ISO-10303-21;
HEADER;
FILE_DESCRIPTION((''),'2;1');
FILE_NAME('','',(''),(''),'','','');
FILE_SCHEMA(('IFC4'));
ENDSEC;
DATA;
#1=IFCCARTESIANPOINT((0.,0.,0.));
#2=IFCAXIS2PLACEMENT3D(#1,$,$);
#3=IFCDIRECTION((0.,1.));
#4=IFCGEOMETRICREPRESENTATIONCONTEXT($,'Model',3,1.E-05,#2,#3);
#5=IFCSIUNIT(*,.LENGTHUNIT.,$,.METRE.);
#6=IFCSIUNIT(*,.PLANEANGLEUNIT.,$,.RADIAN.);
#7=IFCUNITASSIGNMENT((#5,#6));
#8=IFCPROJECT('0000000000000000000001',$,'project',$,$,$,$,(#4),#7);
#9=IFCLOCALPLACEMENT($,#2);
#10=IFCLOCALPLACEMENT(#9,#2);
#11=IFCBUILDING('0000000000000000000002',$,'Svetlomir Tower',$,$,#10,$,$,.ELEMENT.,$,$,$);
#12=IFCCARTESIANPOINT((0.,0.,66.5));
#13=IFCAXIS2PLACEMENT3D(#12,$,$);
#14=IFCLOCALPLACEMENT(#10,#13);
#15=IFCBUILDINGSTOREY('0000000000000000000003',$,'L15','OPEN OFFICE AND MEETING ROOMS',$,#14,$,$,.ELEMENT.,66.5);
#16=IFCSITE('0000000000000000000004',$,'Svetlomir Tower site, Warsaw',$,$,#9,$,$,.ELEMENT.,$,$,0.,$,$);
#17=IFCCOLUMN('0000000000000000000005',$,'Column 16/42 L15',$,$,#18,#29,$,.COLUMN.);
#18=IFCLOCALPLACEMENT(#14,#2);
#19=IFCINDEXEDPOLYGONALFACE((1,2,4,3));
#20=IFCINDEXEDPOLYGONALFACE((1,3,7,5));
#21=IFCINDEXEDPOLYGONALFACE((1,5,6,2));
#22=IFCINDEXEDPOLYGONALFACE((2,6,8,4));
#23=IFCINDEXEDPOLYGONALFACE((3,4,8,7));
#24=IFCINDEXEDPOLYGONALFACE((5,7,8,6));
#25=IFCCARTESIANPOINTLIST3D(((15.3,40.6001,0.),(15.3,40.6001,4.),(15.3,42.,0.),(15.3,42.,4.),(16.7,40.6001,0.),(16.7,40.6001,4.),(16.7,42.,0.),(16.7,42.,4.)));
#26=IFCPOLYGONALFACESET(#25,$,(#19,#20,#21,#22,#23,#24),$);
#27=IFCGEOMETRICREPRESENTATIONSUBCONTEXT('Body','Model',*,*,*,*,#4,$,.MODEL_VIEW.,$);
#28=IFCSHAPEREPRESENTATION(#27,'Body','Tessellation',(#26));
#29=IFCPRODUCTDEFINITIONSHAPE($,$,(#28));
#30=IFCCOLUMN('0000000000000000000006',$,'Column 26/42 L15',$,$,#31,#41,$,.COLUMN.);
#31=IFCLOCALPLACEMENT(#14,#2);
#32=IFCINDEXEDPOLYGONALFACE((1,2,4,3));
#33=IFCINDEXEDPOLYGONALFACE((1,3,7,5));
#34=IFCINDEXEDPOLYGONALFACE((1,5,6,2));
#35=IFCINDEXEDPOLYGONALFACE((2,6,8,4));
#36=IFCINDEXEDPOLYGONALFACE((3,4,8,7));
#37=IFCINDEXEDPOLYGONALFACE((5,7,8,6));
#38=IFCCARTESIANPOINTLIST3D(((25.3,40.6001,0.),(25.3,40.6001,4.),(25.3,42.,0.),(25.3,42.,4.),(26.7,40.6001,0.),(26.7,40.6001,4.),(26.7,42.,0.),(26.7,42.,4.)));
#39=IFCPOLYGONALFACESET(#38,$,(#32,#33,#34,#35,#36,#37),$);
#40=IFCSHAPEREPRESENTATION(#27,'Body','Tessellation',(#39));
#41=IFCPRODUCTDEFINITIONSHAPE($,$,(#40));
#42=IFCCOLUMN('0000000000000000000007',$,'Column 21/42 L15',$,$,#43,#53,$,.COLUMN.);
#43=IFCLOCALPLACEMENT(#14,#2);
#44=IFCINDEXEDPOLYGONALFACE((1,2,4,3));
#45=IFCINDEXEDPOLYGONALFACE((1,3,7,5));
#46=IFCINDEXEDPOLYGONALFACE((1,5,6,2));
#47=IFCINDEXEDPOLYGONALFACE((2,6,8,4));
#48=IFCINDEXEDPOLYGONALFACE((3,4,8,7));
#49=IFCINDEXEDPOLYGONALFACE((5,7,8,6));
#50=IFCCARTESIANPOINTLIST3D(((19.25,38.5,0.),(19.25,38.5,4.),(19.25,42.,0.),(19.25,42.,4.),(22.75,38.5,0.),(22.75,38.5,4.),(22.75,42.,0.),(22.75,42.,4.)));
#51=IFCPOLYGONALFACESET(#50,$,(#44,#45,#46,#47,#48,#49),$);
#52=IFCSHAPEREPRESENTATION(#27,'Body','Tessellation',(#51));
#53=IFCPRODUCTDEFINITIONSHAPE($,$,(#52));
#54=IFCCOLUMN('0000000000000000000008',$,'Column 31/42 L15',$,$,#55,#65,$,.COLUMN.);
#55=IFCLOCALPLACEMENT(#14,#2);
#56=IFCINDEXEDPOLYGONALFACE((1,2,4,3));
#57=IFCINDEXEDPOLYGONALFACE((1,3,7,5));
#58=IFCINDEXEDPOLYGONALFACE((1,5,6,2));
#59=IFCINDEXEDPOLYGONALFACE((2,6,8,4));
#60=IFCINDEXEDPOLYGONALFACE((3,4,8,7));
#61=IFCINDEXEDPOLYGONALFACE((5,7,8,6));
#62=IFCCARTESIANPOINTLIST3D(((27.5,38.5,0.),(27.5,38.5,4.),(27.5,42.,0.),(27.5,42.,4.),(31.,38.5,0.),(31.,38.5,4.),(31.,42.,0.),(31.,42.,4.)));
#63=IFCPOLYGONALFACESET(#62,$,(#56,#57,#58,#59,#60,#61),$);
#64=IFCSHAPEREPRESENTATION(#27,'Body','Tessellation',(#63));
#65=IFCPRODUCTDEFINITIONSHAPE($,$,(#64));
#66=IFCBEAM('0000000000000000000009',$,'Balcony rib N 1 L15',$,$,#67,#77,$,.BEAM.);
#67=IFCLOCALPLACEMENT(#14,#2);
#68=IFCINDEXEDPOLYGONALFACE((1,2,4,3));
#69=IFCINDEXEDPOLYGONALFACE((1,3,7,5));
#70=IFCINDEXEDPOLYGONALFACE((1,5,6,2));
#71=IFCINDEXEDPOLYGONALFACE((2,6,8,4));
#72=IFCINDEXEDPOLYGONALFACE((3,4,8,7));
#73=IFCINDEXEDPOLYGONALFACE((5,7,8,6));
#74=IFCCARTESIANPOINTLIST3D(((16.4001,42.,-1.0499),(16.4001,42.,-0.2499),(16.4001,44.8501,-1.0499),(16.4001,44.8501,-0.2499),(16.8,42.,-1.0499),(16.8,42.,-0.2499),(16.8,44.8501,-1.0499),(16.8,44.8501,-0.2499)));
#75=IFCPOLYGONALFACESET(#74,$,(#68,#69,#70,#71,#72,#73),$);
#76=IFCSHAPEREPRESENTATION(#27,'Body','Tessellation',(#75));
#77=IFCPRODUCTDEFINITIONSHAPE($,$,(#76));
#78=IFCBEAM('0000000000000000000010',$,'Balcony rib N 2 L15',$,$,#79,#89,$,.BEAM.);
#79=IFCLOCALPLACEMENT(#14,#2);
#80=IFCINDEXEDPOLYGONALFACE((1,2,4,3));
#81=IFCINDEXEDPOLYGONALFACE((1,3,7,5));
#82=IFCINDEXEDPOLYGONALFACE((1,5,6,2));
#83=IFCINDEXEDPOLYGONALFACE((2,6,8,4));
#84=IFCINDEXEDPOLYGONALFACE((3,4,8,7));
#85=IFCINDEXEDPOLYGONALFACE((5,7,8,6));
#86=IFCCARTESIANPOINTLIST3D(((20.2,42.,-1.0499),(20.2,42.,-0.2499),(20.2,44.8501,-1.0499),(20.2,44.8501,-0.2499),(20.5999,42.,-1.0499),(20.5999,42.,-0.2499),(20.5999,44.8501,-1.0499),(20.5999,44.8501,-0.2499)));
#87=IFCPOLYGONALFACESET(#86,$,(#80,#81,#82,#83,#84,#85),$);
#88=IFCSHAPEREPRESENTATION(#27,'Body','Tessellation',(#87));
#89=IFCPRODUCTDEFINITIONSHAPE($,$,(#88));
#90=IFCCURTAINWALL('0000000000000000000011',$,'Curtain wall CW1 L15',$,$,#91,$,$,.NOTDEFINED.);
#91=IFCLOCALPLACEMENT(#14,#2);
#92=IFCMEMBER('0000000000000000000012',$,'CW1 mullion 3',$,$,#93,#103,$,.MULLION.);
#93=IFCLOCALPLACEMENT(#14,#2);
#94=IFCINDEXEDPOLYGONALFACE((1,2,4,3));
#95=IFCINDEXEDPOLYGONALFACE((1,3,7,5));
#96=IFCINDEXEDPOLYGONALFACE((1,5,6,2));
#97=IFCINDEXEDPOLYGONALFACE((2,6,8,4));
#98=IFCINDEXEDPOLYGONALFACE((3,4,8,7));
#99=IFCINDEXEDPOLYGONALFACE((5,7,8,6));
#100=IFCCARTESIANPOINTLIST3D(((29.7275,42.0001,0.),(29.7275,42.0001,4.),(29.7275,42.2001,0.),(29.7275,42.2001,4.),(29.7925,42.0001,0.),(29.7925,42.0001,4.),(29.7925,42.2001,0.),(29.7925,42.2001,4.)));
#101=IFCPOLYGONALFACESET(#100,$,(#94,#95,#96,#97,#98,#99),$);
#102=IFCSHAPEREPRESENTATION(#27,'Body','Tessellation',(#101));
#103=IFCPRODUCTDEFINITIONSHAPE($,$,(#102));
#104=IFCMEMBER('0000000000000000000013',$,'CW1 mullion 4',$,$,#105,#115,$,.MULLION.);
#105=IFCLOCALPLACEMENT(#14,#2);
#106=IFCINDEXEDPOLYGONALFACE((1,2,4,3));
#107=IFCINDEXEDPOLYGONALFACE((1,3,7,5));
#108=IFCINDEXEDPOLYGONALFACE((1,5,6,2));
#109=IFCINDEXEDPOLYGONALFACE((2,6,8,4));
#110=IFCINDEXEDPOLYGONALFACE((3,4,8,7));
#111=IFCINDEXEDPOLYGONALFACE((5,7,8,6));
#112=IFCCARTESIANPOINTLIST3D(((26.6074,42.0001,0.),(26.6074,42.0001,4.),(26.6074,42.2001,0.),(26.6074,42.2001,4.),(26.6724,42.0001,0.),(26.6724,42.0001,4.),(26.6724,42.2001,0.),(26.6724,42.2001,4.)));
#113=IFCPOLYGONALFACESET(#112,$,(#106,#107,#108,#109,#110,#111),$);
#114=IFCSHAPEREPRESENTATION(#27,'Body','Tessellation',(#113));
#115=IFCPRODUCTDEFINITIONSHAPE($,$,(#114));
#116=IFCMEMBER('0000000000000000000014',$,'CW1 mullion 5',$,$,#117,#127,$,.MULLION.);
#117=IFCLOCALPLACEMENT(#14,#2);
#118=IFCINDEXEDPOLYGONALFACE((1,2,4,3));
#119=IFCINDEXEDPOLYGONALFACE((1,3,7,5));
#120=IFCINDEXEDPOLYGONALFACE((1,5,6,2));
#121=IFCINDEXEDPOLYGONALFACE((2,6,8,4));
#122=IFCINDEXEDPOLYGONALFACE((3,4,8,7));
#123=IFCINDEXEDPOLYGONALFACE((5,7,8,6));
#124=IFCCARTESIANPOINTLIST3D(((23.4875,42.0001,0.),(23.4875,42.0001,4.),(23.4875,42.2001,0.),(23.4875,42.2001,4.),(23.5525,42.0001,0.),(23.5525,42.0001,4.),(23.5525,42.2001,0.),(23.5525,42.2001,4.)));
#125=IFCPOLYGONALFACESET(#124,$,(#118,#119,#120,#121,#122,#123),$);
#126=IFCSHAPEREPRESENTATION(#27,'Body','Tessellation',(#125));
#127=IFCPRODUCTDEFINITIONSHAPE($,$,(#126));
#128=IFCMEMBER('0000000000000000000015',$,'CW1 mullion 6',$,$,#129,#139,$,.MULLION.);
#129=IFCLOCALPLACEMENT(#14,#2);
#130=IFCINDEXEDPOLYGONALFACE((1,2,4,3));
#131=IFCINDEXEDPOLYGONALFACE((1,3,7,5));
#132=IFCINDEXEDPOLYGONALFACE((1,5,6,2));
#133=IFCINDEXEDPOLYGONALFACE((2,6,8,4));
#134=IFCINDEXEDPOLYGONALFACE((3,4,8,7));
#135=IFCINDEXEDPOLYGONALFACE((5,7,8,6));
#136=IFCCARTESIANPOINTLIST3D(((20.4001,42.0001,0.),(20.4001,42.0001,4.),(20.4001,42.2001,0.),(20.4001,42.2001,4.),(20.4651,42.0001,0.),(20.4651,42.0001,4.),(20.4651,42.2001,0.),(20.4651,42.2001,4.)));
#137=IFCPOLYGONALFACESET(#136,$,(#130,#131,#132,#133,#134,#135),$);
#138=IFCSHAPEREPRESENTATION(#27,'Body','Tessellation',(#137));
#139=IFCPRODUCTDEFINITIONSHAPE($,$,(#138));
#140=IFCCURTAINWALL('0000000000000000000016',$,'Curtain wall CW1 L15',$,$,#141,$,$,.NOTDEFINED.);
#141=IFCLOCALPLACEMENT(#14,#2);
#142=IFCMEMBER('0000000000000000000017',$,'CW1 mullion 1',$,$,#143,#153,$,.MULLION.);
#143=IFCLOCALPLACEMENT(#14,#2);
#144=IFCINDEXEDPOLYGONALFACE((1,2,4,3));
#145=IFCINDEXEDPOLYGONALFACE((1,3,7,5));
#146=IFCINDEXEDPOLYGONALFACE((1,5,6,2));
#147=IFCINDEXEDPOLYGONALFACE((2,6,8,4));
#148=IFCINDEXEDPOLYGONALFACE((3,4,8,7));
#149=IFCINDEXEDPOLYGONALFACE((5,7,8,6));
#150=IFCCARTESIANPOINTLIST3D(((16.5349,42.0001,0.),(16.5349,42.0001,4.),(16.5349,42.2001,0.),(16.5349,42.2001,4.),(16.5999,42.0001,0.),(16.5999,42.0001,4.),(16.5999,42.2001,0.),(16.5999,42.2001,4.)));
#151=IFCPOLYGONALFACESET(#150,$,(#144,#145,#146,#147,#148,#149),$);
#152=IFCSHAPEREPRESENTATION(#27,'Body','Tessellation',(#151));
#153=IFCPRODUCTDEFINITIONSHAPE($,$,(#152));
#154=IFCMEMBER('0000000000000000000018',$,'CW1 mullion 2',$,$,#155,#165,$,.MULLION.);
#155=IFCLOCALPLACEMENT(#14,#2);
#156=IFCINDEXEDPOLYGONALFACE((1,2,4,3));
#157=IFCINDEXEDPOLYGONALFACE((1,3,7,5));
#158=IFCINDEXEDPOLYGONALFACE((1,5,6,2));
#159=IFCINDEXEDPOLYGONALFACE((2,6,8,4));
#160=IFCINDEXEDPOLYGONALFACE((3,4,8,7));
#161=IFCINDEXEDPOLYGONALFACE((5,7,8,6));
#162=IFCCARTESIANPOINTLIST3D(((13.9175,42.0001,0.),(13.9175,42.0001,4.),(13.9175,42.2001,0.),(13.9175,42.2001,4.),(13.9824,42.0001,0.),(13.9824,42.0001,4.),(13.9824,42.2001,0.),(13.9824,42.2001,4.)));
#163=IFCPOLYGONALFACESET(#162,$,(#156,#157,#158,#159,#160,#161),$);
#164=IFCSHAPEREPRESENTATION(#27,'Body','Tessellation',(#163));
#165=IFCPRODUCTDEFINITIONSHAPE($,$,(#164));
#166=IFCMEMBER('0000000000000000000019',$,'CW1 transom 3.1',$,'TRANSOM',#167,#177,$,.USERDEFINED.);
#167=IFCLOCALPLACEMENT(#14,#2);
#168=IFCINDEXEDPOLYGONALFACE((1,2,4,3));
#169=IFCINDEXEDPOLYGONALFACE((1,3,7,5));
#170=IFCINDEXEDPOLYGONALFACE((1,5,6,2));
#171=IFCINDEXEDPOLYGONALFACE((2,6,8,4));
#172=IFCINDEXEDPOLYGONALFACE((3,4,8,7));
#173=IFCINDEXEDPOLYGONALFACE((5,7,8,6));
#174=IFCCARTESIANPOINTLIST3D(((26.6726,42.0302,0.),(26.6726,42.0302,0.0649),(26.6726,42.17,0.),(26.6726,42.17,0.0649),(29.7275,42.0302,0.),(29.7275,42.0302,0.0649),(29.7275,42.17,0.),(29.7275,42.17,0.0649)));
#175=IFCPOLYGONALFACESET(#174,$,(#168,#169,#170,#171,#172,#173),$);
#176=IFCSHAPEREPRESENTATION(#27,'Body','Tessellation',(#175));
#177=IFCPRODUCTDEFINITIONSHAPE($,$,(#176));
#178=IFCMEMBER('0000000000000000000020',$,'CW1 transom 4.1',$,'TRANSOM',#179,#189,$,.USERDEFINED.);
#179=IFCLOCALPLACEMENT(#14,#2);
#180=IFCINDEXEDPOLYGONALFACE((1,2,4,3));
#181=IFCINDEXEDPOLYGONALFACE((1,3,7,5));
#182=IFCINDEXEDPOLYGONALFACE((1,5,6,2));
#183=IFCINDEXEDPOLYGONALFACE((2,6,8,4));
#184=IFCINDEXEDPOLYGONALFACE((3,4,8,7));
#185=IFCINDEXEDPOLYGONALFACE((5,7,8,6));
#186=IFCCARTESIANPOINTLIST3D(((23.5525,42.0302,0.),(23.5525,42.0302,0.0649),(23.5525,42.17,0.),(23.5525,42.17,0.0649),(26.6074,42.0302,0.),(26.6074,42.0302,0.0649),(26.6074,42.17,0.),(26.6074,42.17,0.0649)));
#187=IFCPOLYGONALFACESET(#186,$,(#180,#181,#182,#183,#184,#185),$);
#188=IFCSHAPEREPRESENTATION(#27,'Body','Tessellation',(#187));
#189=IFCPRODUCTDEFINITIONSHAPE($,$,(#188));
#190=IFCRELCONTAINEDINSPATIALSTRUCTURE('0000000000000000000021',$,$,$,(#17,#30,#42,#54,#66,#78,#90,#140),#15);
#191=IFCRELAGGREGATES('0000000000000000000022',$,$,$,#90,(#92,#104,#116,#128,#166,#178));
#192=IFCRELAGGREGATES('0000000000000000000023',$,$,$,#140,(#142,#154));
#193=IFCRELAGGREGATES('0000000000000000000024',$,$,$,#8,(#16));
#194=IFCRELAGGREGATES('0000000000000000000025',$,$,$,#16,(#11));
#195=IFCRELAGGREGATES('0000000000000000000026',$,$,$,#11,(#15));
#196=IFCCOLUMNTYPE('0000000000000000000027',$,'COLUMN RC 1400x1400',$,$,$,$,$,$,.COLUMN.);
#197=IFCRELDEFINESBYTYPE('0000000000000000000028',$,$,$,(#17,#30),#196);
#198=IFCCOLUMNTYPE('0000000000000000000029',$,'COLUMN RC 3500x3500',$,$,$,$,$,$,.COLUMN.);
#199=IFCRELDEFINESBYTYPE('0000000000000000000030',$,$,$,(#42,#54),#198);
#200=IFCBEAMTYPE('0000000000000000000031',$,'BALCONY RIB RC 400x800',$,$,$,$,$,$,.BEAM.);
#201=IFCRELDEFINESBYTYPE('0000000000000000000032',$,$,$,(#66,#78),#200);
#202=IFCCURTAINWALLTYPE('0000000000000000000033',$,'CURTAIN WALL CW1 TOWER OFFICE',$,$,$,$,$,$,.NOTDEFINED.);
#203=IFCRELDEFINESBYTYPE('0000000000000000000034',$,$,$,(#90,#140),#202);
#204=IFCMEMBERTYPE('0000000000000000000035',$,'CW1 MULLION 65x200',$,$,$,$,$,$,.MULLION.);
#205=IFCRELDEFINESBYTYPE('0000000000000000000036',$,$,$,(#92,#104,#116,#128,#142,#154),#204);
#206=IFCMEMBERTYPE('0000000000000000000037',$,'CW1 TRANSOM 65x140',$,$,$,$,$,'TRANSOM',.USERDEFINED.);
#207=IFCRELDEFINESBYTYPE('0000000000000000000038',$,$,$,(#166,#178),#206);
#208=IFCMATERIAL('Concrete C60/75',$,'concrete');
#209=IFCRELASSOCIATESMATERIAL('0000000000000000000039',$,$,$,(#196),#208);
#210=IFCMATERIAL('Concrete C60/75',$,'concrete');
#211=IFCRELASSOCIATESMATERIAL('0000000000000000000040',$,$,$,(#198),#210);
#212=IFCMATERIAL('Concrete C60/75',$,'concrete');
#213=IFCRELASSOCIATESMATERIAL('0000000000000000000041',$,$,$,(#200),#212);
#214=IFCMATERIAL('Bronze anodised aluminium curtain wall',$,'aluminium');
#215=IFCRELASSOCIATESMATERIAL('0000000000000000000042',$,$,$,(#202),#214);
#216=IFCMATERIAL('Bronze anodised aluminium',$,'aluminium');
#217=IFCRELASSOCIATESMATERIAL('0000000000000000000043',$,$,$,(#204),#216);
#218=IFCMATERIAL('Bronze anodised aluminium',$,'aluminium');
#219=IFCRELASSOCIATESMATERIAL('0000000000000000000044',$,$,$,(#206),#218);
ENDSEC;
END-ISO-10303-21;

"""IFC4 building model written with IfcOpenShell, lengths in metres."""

from ifc_helpers import new_model, si_unit, direction, frame, origin, origin_2d, place, context, subcontext, project, spatial, rectangle, extrude, material, material_profile, profile_set, type_object, element, aggregate, save


model = new_model("IFC4")

# Units and contexts
model_context = context("Model", 3, precision=1e-05, world=origin(), true_north=direction((0.0, 1.0)))
body_context = subcontext(model_context, "Body", "Model", "MODEL_VIEW")
ifc_project = project(units=[si_unit("LENGTHUNIT", "METRE"), si_unit("PLANEANGLEUNIT", "RADIAN")], contexts=[model_context])

# Site, building, storey
site_placement = place(None, origin())
site = spatial("IfcSite", under=ifc_project, at=site_placement, Name="Svetlomir Tower site, Warsaw", CompositionType="ELEMENT", RefElevation=0.0)
building_placement = place(site_placement, origin())
building = spatial("IfcBuilding", under=site, at=building_placement, Name="Svetlomir Tower", CompositionType="ELEMENT")
storey_placement = place(building_placement, frame((0.0, 0.0, 66.5)))
storey = spatial("IfcBuildingStorey", under=building, at=storey_placement, Name="L15", Description="OPEN OFFICE AND MEETING ROOMS", CompositionType="ELEMENT", Elevation=66.5)

# Columns
ifc_material_1 = material(Name="Concrete C60/75", Category="concrete")
ifc_material_profile_1 = material_profile(ifc_material_1, rectangle(XDim=1.3999, YDim=1.3999, at=origin_2d()), Name="RC 1400x1400")
ifc_profile_set_1 = profile_set([ifc_material_profile_1], Name="Concrete C60/75")
column_type_1 = type_object("IfcColumnType", Name="COLUMN RC 1400x1400", PredefinedType="COLUMN", material=ifc_profile_set_1)
for number, where, z_axis, x_axis, name in (
    (1, (16.0, 41.3, 0.0), (0.0, 0.0, 1.0), (1.0, 0.0, 0.0), "Column 16/42 L15"),
    (2, (26.0, 41.3, 0.0), (0.0, 0.0, 1.0), (1.0, 0.0, 0.0), "Column 26/42 L15"),
):
    element("IfcColumn", number, at=place(storey_placement, frame(where, z_axis=z_axis, x_axis=x_axis)), inside=storey, type_object=column_type_1, Name=name, PredefinedType="COLUMN", context=body_context, shape_type="SweptSolid", body=[
        extrude(rectangle(XDim=1.3999, YDim=1.3999, at=origin_2d()), origin(), (0.0, 0.0, 1.0), 4.0),
    ])
ifc_material_2 = material(Name="Concrete C60/75", Category="concrete")
ifc_material_profile_2 = material_profile(ifc_material_2, rectangle(XDim=3.5, YDim=3.5, at=origin_2d()), Name="RC 3500x3500")
ifc_profile_set_2 = profile_set([ifc_material_profile_2], Name="Concrete C60/75")
column_type_2 = type_object("IfcColumnType", Name="COLUMN RC 3500x3500", PredefinedType="COLUMN", material=ifc_profile_set_2)
for number, where, z_axis, x_axis, name in (
    (3, (21.0, 40.25, 0.0), (0.0, 0.0, 1.0), (1.0, 0.0, 0.0), "Column 21/42 L15"),
    (4, (29.25, 40.25, 0.0), (0.0, 0.0, 1.0), (1.0, 0.0, 0.0), "Column 31/42 L15"),
):
    element("IfcColumn", number, at=place(storey_placement, frame(where, z_axis=z_axis, x_axis=x_axis)), inside=storey, type_object=column_type_2, Name=name, PredefinedType="COLUMN", context=body_context, shape_type="SweptSolid", body=[
        extrude(rectangle(XDim=3.5, YDim=3.5, at=origin_2d()), origin(), (0.0, 0.0, 1.0), 4.0),
    ])

# Beams
ifc_material_3 = material(Name="Concrete C60/75", Category="concrete")
ifc_material_profile_3 = material_profile(ifc_material_3, rectangle(XDim=0.3999, YDim=0.8, at=origin_2d()), Name="RC 400x800")
ifc_profile_set_3 = profile_set([ifc_material_profile_3], Name="Concrete C60/75")
beam_type_1 = type_object("IfcBeamType", Name="BALCONY RIB RC 400x800", PredefinedType="BEAM", material=ifc_profile_set_3)
for number, where, z_axis, x_axis, name in (
    (5, (16.6001, 42.0, -0.6499), (0.0, 1.0, 0.0), (-1.0, 0.0, 0.0), "Balcony rib N 1 L15"),
    (6, (20.3999, 42.0, -0.6499), (0.0, 1.0, 0.0), (-1.0, 0.0, 0.0), "Balcony rib N 2 L15"),
):
    element("IfcBeam", number, at=place(storey_placement, frame(where, z_axis=z_axis, x_axis=x_axis)), inside=storey, type_object=beam_type_1, Name=name, PredefinedType="BEAM", context=body_context, shape_type="SweptSolid", body=[
        extrude(rectangle(XDim=0.3999, YDim=0.8, at=origin_2d()), origin(), (0.0, 0.0, 1.0), 2.8501),
    ])

# Curtain walls, members
ifc_material_4 = material(Name="Bronze anodised aluminium curtain wall", Category="aluminium")
curtain_wall_type = type_object("IfcCurtainWallType", Name="CURTAIN WALL CW1 TOWER OFFICE", PredefinedType="NOTDEFINED", material=ifc_material_4)
curtain_wall_1_placement = place(storey_placement, origin())
curtain_wall_1 = element("IfcCurtainWall", 7, at=curtain_wall_1_placement, inside=storey, type_object=curtain_wall_type, Name="Curtain wall CW1 L15", PredefinedType="NOTDEFINED")
ifc_material_5 = material(Name="Bronze anodised aluminium", Category="aluminium")
ifc_material_profile_4 = material_profile(ifc_material_5, rectangle(XDim=0.0649, YDim=0.2, at=origin_2d()), Name="AL 65x200")
ifc_profile_set_4 = profile_set([ifc_material_profile_4], Name="Bronze anodised aluminium 6063-T6")
member_type_1 = type_object("IfcMemberType", Name="CW1 MULLION 65x200", PredefinedType="MULLION", material=ifc_profile_set_4)
member_1_placement = place(storey_placement, frame((29.76, 42.1001, 0.0), z_axis=(0.0, 0.0, 1.0), x_axis=(-1.0, 0.0, 0.0)))
member_1 = element("IfcMember", 8, at=member_1_placement, type_object=member_type_1, Name="CW1 mullion 3", PredefinedType="MULLION", context=body_context, shape_type="SweptSolid", body=[
    extrude(rectangle(XDim=0.0649, YDim=0.2, at=origin_2d()), origin(), (0.0, 0.0, 1.0), 4.0),
])
member_2_placement = place(storey_placement, frame((26.6399, 42.1001, 0.0), z_axis=(0.0, 0.0, 1.0), x_axis=(-1.0, 0.0, 0.0)))
member_2 = element("IfcMember", 9, at=member_2_placement, type_object=member_type_1, Name="CW1 mullion 4", PredefinedType="MULLION", context=body_context, shape_type="SweptSolid", body=[
    extrude(rectangle(XDim=0.0649, YDim=0.2, at=origin_2d()), origin(), (0.0, 0.0, 1.0), 4.0),
])
member_3_placement = place(storey_placement, frame((23.52, 42.1001, 0.0), z_axis=(0.0, 0.0, 1.0), x_axis=(-1.0, 0.0, 0.0)))
member_3 = element("IfcMember", 10, at=member_3_placement, type_object=member_type_1, Name="CW1 mullion 5", PredefinedType="MULLION", context=body_context, shape_type="SweptSolid", body=[
    extrude(rectangle(XDim=0.0649, YDim=0.2, at=origin_2d()), origin(), (0.0, 0.0, 1.0), 4.0),
])
member_4_placement = place(storey_placement, frame((20.4326, 42.1001, 0.0), z_axis=(0.0, 0.0, 1.0), x_axis=(-1.0, 0.0, 0.0)))
member_4 = element("IfcMember", 11, at=member_4_placement, type_object=member_type_1, Name="CW1 mullion 6", PredefinedType="MULLION", context=body_context, shape_type="SweptSolid", body=[
    extrude(rectangle(XDim=0.0649, YDim=0.2, at=origin_2d()), origin(), (0.0, 0.0, 1.0), 4.0),
])
curtain_wall_2_placement = place(storey_placement, origin())
curtain_wall_2 = element("IfcCurtainWall", 12, at=curtain_wall_2_placement, inside=storey, type_object=curtain_wall_type, Name="Curtain wall CW1 L15", PredefinedType="NOTDEFINED")
member_5_placement = place(storey_placement, frame((16.5674, 42.1001, 0.0), z_axis=(0.0, 0.0, 1.0), x_axis=(-1.0, 0.0, 0.0)))
member_5 = element("IfcMember", 13, at=member_5_placement, type_object=member_type_1, Name="CW1 mullion 1", PredefinedType="MULLION", context=body_context, shape_type="SweptSolid", body=[
    extrude(rectangle(XDim=0.0649, YDim=0.2, at=origin_2d()), origin(), (0.0, 0.0, 1.0), 4.0),
])
member_6_placement = place(storey_placement, frame((13.95, 42.1001, 0.0), z_axis=(0.0, 0.0, 1.0), x_axis=(-1.0, 0.0, 0.0)))
member_6 = element("IfcMember", 14, at=member_6_placement, type_object=member_type_1, Name="CW1 mullion 2", PredefinedType="MULLION", context=body_context, shape_type="SweptSolid", body=[
    extrude(rectangle(XDim=0.0649, YDim=0.2, at=origin_2d()), origin(), (0.0, 0.0, 1.0), 4.0),
])

# Members
ifc_material_6 = material(Name="Bronze anodised aluminium", Category="aluminium")
ifc_material_profile_5 = material_profile(ifc_material_6, rectangle(XDim=0.1399, YDim=0.0649, at=origin_2d()), Name="AL 140x65")
ifc_profile_set_5 = profile_set([ifc_material_profile_5], Name="Bronze anodised aluminium 6063-T6")
member_type_2 = type_object("IfcMemberType", Name="CW1 TRANSOM 65x140", ElementType="TRANSOM", PredefinedType="USERDEFINED", material=ifc_profile_set_5)
member_7_placement = place(storey_placement, frame((29.7275, 42.1001, 0.0325), z_axis=(-1.0, 0.0, 0.0), x_axis=(0.0, -1.0, 0.0)))
member_7 = element("IfcMember", 15, at=member_7_placement, type_object=member_type_2, Name="CW1 transom 3.1", ObjectType="TRANSOM", PredefinedType="USERDEFINED", context=body_context, shape_type="SweptSolid", body=[
    extrude(rectangle(XDim=0.1399, YDim=0.0649, at=origin_2d()), origin(), (0.0, 0.0, 1.0), 3.0549),
])
member_8_placement = place(storey_placement, frame((26.6074, 42.1001, 0.0325), z_axis=(-1.0, 0.0, 0.0), x_axis=(0.0, -1.0, 0.0)))
member_8 = element("IfcMember", 16, at=member_8_placement, type_object=member_type_2, Name="CW1 transom 4.1", ObjectType="TRANSOM", PredefinedType="USERDEFINED", context=body_context, shape_type="SweptSolid", body=[
    extrude(rectangle(XDim=0.1399, YDim=0.0649, at=origin_2d()), origin(), (0.0, 0.0, 1.0), 3.0549),
])

aggregate(curtain_wall_1, [member_1, member_2, member_3, member_4, member_7, member_8])
aggregate(curtain_wall_2, [member_5, member_6])

save(model, "model.ifc")
